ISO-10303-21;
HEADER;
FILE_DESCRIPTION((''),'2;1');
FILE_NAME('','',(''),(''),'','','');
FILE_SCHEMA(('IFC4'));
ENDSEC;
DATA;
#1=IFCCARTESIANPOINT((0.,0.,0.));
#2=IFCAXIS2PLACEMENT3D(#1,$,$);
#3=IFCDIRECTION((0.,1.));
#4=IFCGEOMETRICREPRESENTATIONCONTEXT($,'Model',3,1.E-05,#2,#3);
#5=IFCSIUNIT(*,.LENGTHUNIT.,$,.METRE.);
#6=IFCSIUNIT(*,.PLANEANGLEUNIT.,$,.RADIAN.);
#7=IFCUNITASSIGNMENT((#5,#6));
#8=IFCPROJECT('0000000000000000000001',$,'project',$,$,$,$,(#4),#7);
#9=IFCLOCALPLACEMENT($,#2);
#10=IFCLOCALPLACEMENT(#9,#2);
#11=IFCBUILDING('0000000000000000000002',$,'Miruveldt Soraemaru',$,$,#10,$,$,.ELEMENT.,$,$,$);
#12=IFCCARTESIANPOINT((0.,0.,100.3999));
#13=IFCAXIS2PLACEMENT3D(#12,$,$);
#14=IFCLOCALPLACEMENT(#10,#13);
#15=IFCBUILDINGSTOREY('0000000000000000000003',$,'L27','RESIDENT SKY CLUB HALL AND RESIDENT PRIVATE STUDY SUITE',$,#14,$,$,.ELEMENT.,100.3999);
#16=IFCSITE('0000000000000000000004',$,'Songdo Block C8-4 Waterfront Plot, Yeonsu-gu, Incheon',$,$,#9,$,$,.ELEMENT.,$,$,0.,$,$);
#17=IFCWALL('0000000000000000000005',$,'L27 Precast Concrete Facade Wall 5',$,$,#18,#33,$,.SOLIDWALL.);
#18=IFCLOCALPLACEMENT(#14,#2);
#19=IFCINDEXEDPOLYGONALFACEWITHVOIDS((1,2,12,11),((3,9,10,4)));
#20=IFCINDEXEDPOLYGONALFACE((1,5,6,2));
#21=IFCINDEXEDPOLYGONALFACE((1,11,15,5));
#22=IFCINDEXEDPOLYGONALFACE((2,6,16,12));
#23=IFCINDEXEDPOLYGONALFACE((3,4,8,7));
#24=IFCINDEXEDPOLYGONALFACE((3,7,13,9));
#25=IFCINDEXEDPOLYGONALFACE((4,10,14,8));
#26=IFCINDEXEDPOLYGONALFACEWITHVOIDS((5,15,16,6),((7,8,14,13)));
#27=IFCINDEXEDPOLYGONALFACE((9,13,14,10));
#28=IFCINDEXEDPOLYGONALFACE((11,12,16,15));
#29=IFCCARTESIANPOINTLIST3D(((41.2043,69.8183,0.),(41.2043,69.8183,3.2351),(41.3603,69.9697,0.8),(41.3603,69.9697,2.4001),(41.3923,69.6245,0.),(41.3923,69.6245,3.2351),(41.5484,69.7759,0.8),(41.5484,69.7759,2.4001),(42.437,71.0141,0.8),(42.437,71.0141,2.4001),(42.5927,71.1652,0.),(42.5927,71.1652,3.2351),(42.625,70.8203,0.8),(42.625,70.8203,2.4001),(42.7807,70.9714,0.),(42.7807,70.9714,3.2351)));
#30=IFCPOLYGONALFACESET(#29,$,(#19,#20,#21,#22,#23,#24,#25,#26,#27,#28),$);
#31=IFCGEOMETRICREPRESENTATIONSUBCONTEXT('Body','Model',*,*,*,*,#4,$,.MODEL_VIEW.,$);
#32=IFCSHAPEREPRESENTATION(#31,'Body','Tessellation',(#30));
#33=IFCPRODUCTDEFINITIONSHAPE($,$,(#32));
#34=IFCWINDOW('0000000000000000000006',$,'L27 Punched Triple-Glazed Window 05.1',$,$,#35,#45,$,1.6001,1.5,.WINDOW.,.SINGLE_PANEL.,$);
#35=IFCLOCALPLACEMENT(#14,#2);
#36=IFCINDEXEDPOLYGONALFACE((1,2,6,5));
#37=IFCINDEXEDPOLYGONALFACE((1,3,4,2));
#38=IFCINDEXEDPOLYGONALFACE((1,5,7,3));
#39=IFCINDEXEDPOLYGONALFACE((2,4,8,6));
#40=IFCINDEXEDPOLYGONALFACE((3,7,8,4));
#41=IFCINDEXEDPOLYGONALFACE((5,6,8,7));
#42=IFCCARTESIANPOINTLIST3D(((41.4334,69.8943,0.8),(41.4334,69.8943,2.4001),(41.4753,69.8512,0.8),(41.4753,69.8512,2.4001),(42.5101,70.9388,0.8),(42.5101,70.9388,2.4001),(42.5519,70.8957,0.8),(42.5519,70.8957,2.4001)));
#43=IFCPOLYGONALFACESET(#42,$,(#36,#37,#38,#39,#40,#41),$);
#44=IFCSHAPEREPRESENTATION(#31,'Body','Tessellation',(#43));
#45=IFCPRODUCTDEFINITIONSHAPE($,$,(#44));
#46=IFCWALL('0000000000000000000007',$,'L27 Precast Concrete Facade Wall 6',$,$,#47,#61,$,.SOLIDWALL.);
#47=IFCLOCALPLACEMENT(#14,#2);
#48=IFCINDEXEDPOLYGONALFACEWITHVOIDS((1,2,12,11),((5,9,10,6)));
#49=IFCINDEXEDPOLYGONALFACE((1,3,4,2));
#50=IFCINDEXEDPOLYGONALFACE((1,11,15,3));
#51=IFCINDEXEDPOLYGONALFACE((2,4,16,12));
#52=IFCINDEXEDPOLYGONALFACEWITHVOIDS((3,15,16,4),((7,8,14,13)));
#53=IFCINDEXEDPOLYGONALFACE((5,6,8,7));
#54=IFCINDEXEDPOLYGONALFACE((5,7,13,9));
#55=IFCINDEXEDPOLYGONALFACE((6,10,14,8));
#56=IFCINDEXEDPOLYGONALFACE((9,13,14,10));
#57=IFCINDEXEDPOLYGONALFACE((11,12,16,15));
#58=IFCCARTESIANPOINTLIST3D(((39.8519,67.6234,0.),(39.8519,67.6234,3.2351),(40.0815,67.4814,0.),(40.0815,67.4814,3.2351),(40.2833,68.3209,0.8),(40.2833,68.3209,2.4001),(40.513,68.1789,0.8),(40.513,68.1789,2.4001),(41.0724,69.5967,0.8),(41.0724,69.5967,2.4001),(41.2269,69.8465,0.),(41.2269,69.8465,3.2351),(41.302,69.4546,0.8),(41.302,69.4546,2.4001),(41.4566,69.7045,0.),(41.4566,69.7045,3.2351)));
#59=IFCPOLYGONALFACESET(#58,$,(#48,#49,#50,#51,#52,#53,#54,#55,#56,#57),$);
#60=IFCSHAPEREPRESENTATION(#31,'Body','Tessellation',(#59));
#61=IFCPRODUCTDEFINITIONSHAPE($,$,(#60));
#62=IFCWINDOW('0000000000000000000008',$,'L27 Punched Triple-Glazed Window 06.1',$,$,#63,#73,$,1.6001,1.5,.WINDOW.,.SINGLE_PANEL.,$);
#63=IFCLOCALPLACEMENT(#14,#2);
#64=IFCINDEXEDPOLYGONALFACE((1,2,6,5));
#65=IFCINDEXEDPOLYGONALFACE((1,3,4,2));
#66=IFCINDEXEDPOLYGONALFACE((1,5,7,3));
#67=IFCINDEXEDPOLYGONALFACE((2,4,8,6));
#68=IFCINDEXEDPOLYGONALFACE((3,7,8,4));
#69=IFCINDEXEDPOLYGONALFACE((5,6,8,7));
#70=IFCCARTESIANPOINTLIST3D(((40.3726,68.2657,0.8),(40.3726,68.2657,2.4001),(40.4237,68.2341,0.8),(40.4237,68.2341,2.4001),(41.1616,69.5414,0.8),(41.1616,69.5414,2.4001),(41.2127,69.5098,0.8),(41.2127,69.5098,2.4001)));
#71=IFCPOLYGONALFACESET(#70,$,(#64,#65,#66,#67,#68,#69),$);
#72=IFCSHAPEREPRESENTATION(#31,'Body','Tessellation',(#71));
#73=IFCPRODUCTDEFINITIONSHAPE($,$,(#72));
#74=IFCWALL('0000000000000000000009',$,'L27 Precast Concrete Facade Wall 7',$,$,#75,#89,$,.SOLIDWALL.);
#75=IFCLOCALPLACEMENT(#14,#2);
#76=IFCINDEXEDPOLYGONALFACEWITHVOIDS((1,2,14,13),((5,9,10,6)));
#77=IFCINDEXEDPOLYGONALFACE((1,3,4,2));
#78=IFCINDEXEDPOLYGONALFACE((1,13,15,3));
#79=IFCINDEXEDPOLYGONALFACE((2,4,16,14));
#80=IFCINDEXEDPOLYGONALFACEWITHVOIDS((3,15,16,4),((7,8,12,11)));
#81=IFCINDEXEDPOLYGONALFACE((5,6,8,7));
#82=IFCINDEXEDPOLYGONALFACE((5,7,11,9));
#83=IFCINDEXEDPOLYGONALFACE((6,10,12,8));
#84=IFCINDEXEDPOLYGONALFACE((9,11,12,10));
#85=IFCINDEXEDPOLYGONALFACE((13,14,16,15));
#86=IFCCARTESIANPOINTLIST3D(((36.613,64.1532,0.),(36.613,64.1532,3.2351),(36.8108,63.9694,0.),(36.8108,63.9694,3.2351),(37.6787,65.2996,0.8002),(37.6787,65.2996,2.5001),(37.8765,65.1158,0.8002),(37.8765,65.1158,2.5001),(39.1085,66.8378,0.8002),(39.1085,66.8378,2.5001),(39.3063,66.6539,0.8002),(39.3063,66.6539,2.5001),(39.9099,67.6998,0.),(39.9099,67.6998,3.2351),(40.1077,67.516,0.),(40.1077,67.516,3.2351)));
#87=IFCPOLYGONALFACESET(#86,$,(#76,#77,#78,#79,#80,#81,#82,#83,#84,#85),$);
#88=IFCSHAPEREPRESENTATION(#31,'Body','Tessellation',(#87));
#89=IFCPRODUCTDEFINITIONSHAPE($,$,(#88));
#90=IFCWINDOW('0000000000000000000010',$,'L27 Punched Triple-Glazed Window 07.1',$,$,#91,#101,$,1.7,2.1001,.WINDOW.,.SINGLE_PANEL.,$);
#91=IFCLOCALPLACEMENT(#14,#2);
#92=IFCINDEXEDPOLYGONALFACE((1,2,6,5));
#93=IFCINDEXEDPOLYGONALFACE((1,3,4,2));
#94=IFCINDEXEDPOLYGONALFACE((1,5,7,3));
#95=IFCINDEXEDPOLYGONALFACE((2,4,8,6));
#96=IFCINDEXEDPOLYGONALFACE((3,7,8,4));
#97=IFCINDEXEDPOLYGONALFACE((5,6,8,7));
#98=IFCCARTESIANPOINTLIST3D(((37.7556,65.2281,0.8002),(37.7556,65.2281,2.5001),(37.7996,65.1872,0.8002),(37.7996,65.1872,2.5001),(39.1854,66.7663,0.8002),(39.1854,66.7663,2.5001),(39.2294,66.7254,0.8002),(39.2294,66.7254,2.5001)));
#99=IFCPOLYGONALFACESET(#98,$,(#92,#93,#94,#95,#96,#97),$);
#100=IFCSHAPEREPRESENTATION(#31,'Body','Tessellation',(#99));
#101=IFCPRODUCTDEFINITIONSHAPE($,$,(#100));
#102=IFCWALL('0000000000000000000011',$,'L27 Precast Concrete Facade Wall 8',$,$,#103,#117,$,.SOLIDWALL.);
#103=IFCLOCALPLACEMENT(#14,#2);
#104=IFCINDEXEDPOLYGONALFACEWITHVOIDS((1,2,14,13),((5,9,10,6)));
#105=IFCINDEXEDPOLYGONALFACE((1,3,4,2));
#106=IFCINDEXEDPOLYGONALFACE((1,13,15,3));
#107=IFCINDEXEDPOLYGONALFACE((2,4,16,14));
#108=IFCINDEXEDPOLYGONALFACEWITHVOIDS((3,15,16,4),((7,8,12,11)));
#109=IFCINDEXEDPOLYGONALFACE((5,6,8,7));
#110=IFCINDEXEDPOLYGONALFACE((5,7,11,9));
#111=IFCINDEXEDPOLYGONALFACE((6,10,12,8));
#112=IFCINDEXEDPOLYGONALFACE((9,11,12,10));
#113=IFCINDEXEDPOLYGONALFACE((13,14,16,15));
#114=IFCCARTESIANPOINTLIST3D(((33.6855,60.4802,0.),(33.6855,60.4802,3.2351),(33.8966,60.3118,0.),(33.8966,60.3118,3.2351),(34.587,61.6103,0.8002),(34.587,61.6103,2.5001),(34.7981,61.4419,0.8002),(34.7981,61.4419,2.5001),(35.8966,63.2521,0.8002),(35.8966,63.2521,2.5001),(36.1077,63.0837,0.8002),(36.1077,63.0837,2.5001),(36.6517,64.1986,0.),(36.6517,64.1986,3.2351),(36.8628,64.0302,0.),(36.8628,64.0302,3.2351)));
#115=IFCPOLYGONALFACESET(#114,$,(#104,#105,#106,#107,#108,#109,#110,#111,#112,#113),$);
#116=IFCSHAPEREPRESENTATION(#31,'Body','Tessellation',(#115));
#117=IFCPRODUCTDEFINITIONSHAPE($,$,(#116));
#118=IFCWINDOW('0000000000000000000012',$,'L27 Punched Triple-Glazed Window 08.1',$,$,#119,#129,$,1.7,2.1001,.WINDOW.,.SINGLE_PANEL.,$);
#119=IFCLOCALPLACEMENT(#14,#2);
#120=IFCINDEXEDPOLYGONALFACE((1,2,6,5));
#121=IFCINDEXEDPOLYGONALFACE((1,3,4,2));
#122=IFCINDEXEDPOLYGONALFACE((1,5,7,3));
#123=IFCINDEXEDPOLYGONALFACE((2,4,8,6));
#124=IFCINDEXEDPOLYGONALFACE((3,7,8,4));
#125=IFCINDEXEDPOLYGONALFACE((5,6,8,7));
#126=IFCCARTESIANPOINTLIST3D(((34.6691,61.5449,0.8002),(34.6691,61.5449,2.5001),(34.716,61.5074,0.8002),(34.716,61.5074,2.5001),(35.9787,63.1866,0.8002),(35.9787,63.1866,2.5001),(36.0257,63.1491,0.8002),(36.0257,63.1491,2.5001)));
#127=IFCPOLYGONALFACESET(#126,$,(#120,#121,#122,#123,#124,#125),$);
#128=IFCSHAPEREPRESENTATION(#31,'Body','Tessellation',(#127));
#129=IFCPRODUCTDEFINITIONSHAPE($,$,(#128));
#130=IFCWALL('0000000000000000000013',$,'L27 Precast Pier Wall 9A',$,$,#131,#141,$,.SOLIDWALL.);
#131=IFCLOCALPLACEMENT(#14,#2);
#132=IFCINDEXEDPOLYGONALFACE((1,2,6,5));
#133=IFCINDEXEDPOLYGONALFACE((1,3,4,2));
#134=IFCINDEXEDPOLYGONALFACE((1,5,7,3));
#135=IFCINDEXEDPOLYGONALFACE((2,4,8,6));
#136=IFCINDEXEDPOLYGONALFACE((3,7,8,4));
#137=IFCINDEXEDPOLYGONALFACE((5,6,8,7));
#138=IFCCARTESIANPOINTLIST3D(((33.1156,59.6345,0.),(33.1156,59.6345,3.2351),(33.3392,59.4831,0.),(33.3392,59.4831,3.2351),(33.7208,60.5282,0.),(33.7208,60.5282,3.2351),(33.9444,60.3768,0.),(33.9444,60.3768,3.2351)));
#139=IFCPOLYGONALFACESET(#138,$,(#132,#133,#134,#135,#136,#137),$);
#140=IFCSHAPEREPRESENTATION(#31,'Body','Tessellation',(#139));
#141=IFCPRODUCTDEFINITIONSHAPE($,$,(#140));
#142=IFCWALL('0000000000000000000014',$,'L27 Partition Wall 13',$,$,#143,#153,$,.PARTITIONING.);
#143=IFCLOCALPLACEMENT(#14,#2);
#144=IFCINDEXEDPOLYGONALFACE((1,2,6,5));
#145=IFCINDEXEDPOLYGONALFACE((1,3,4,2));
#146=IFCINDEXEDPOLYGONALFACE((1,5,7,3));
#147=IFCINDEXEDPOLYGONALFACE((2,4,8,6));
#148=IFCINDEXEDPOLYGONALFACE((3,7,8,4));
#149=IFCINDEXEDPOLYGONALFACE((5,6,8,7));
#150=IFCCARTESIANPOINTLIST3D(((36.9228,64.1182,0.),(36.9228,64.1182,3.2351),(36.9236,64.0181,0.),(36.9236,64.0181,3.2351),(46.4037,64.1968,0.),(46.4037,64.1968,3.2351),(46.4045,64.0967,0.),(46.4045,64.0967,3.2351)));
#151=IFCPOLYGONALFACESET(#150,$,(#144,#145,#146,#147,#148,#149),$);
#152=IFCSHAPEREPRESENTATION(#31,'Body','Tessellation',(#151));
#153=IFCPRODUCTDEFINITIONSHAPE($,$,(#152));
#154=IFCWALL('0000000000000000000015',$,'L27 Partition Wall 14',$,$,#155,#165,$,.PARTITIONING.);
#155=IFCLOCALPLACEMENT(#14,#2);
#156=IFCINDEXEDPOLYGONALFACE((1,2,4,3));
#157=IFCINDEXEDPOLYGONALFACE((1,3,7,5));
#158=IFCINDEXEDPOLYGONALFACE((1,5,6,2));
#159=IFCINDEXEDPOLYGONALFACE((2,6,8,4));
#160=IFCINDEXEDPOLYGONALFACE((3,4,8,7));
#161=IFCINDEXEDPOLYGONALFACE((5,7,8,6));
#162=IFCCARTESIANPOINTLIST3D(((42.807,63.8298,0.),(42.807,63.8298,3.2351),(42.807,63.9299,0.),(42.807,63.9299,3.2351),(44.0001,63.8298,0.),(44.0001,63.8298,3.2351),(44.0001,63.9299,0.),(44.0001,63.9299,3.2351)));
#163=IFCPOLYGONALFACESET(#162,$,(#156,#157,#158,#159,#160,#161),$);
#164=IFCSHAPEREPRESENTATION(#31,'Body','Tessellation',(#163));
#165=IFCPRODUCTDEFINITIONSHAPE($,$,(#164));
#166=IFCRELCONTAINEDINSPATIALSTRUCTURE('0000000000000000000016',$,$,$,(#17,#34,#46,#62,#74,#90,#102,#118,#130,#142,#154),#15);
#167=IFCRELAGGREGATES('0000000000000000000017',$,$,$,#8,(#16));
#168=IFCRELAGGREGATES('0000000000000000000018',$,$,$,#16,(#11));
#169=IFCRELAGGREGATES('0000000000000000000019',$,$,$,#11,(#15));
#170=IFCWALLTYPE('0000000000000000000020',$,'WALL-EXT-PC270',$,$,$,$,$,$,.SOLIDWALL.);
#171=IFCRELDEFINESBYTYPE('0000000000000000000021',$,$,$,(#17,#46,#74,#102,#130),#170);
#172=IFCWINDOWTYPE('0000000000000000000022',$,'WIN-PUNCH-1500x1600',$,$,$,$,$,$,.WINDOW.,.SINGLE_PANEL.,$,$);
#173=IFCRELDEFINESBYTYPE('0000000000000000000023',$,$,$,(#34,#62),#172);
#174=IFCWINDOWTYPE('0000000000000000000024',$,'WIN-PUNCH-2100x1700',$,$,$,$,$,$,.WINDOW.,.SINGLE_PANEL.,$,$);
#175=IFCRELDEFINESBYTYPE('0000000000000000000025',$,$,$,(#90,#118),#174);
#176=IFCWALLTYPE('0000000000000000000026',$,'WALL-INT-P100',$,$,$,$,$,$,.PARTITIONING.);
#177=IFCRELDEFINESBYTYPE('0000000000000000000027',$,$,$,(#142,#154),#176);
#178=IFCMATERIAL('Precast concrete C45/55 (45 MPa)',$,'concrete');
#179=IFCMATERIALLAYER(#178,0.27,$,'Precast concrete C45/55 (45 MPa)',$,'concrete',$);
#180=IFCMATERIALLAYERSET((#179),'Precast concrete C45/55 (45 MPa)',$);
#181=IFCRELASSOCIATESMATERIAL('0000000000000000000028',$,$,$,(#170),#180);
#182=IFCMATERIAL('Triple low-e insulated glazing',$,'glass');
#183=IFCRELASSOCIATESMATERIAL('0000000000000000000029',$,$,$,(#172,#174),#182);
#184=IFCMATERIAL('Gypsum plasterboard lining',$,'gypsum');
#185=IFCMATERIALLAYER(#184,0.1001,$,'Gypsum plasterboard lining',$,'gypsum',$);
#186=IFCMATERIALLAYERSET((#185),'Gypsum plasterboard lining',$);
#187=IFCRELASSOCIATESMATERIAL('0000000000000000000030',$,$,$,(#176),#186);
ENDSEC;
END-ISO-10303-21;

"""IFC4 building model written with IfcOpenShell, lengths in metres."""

from ifc_helpers import new_model, si_unit, direction, frame, frame_2d, origin, place, context, subcontext, project, spatial, rectangle, extrude, material, layer, layer_set, type_object, element, fill, save


model = new_model("IFC4")

# Units and contexts
model_context = context("Model", 3, precision=1e-05, world=origin(), true_north=direction((0.0, 1.0)))
body_context = subcontext(model_context, "Body", "Model", "MODEL_VIEW")
ifc_project = project(units=[si_unit("LENGTHUNIT", "METRE"), si_unit("PLANEANGLEUNIT", "RADIAN")], contexts=[model_context])

# Site, building, storey
site_placement = place(None, origin())
site = spatial("IfcSite", under=ifc_project, at=site_placement, Name="Songdo Block C8-4 Waterfront Plot, Yeonsu-gu, Incheon", CompositionType="ELEMENT", RefElevation=0.0)
building_placement = place(site_placement, origin())
building = spatial("IfcBuilding", under=site, at=building_placement, Name="Miruveldt Soraemaru", CompositionType="ELEMENT")
storey_placement = place(building_placement, frame((0.0, 0.0, 100.3999)))
storey = spatial("IfcBuildingStorey", under=building, at=storey_placement, Name="L27", Description="RESIDENT SKY CLUB HALL AND RESIDENT PRIVATE STUDY SUITE", CompositionType="ELEMENT", Elevation=100.3999)

# Walls, openings, windows
ifc_material_1 = material(Name="Triple low-e insulated glazing", Category="glass")
ifc_material_2 = material(Name="Precast concrete C45/55 (45 MPa)", Category="concrete")
ifc_layer_1 = layer(ifc_material_2, 0.27, Name="Precast concrete C45/55 (45 MPa)", Category="concrete")
ifc_layer_set_1 = layer_set([ifc_layer_1], Name="Precast concrete C45/55 (45 MPa)")
wall_type_1 = type_object("IfcWallType", Name="WALL-EXT-PC270", PredefinedType="SOLIDWALL", material=ifc_layer_set_1)
wall_1_placement = place(storey_placement, frame((42.6868, 71.0684, 0.0), z_axis=(0.0, 0.0, 1.0), x_axis=(-0.717753, -0.696298, 0.0)))
wall_1 = element("IfcWall", 1, at=wall_1_placement, inside=storey, type_object=wall_type_1, Name="L27 Precast Concrete Facade Wall 5", PredefinedType="SOLIDWALL", context=body_context, shape_type="SweptSolid", body=[
    extrude(rectangle(XDim=1.9343, YDim=0.27, at=frame_2d((0.9673, 0.0))), origin(), (0.0, 0.0, 1.0), 3.2351),
])
opening_1_placement = place(wall_1_placement, frame((0.217, 0.0, 0.8)))
opening_1 = element("IfcOpeningElement", 2, at=opening_1_placement, cuts=wall_1, PredefinedType="OPENING", context=body_context, shape_type="SweptSolid", body=[
    extrude(rectangle(XDim=1.5, YDim=1.6001, at=frame_2d((0.75, 0.8))), frame((0.0, 0.145, 0.0), z_axis=(0.0, -1.0, 0.0), x_axis=(1.0, 0.0, 0.0)), (0.0, 0.0, 1.0), 0.29),
])
window_type_1 = type_object("IfcWindowType", Name="WIN-PUNCH-1500x1600", PartitioningType="SINGLE_PANEL", PredefinedType="WINDOW", material=ifc_material_1)
window_1_placement = place(opening_1_placement, origin())
window_1 = element("IfcWindow", 3, at=window_1_placement, inside=storey, type_object=window_type_1, Name="L27 Punched Triple-Glazed Window 05.1", OverallHeight=1.6001, OverallWidth=1.5, PartitioningType="SINGLE_PANEL", PredefinedType="WINDOW", context=body_context, shape_type="SweptSolid", body=[
    extrude(rectangle(XDim=1.5, YDim=1.6001, at=frame_2d((0.75, 0.8))), frame((0.0, 0.03, 0.0), z_axis=(0.0, -1.0, 0.0), x_axis=(1.0, 0.0, 0.0)), (0.0, 0.0, 1.0), 0.0601),
])
fill(opening_1, window_1)
wall_2_placement = place(storey_placement, frame((41.3418, 69.7756, 0.0), z_axis=(0.0, 0.0, 1.0), x_axis=(-0.526014, -0.850476, 0.0)))
wall_2 = element("IfcWall", 4, at=wall_2_placement, inside=storey, type_object=wall_type_1, Name="L27 Precast Concrete Facade Wall 6", PredefinedType="SOLIDWALL", context=body_context, shape_type="SweptSolid", body=[
    extrude(rectangle(XDim=2.614, YDim=0.27, at=frame_2d((1.3071, 0.0))), origin(), (0.0, 0.0, 1.0), 3.2351),
])
opening_2_placement = place(wall_2_placement, frame((0.2939, 0.0, 0.8)))
opening_2 = element("IfcOpeningElement", 5, at=opening_2_placement, cuts=wall_2, PredefinedType="OPENING", context=body_context, shape_type="SweptSolid", body=[
    extrude(rectangle(XDim=1.5, YDim=1.6001, at=frame_2d((0.75, 0.8))), frame((0.0, 0.145, 0.0), z_axis=(0.0, -1.0, 0.0), x_axis=(1.0, 0.0, 0.0)), (0.0, 0.0, 1.0), 0.29),
])
window_2_placement = place(opening_2_placement, origin())
window_2 = element("IfcWindow", 6, at=window_2_placement, inside=storey, type_object=window_type_1, Name="L27 Punched Triple-Glazed Window 06.1", OverallHeight=1.6001, OverallWidth=1.5, PartitioningType="SINGLE_PANEL", PredefinedType="WINDOW", context=body_context, shape_type="SweptSolid", body=[
    extrude(rectangle(XDim=1.5, YDim=1.6001, at=frame_2d((0.75, 0.8))), frame((0.0, 0.03, 0.0), z_axis=(0.0, -1.0, 0.0), x_axis=(1.0, 0.0, 0.0)), (0.0, 0.0, 1.0), 0.0601),
])
fill(opening_2, window_2)
wall_3_placement = place(storey_placement, frame((40.0088, 67.6079, 0.0), z_axis=(0.0, 0.0, 1.0), x_axis=(-0.680847, -0.732425, 0.0)))
wall_3 = element("IfcWall", 7, at=wall_3_placement, inside=storey, type_object=wall_type_1, Name="L27 Precast Concrete Facade Wall 7", PredefinedType="SOLIDWALL", context=body_context, shape_type="SweptSolid", body=[
    extrude(rectangle(XDim=4.8423, YDim=0.27, at=frame_2d((2.4211, 0.0))), origin(), (0.0, 0.0, 1.0), 3.2351),
])
opening_3_placement = place(wall_3_placement, frame((1.177, 0.0, 0.8)))
opening_3 = element("IfcOpeningElement", 8, at=opening_3_placement, cuts=wall_3, PredefinedType="OPENING", context=body_context, shape_type="SweptSolid", body=[
    extrude(rectangle(XDim=2.1001, YDim=1.7, at=frame_2d((1.05, 0.8501))), frame((0.0, 0.145, 0.0), z_axis=(0.0, -1.0, 0.0), x_axis=(1.0, 0.0, 0.0)), (0.0, 0.0, 1.0), 0.29),
])
window_type_2 = type_object("IfcWindowType", Name="WIN-PUNCH-2100x1700", PartitioningType="SINGLE_PANEL", PredefinedType="WINDOW", material=ifc_material_1)
window_3_placement = place(opening_3_placement, origin())
window_3 = element("IfcWindow", 9, at=window_3_placement, inside=storey, type_object=window_type_2, Name="L27 Punched Triple-Glazed Window 07.1", OverallHeight=1.7, OverallWidth=2.1001, PartitioningType="SINGLE_PANEL", PredefinedType="WINDOW", context=body_context, shape_type="SweptSolid", body=[
    extrude(rectangle(XDim=2.1001, YDim=1.7, at=frame_2d((1.05, 0.8501))), frame((0.0, 0.03, 0.0), z_axis=(0.0, -1.0, 0.0), x_axis=(1.0, 0.0, 0.0)), (0.0, 0.0, 1.0), 0.0601),
])
fill(opening_3, window_3)
wall_4_placement = place(storey_placement, frame((36.7573, 64.1145, 0.0), z_axis=(0.0, 0.0, 1.0), x_axis=(-0.623605, -0.781739, 0.0)))
wall_4 = element("IfcWall", 10, at=wall_4_placement, inside=storey, type_object=wall_type_1, Name="L27 Precast Concrete Facade Wall 8", PredefinedType="SOLIDWALL", context=body_context, shape_type="SweptSolid", body=[
    extrude(rectangle(XDim=4.7566, YDim=0.27, at=frame_2d((2.3784, 0.0))), origin(), (0.0, 0.0, 1.0), 3.2351),
])
opening_4_placement = place(wall_4_placement, frame((1.2109, 0.0, 0.8)))
opening_4 = element("IfcOpeningElement", 11, at=opening_4_placement, cuts=wall_4, PredefinedType="OPENING", context=body_context, shape_type="SweptSolid", body=[
    extrude(rectangle(XDim=2.1001, YDim=1.7, at=frame_2d((1.05, 0.8501))), frame((0.0, 0.145, 0.0), z_axis=(0.0, -1.0, 0.0), x_axis=(1.0, 0.0, 0.0)), (0.0, 0.0, 1.0), 0.29),
])
window_4_placement = place(opening_4_placement, origin())
window_4 = element("IfcWindow", 12, at=window_4_placement, inside=storey, type_object=window_type_2, Name="L27 Punched Triple-Glazed Window 08.1", OverallHeight=1.7, OverallWidth=2.1001, PartitioningType="SINGLE_PANEL", PredefinedType="WINDOW", context=body_context, shape_type="SweptSolid", body=[
    extrude(rectangle(XDim=2.1001, YDim=1.7, at=frame_2d((1.05, 0.8501))), frame((0.0, 0.03, 0.0), z_axis=(0.0, -1.0, 0.0), x_axis=(1.0, 0.0, 0.0)), (0.0, 0.0, 1.0), 0.0601),
])
fill(opening_4, window_4)

# Walls
wall_5_placement = place(storey_placement, frame((33.8325, 60.4524, 0.0), z_axis=(0.0, 0.0, 1.0), x_axis=(-0.560688, -0.828027, 0.0)))
element("IfcWall", 13, at=wall_5_placement, inside=storey, type_object=wall_type_1, Name="L27 Precast Pier Wall 9A", PredefinedType="SOLIDWALL", context=body_context, shape_type="SweptSolid", body=[
    extrude(rectangle(XDim=1.0793, YDim=0.27, at=frame_2d((0.5396, 0.0))), origin(), (0.0, 0.0, 1.0), 3.2351),
])
ifc_material_3 = material(Name="Gypsum plasterboard lining", Category="gypsum")
ifc_layer_2 = layer(ifc_material_3, 0.1001, Name="Gypsum plasterboard lining", Category="gypsum")
ifc_layer_set_2 = layer_set([ifc_layer_2], Name="Gypsum plasterboard lining")
wall_type_2 = type_object("IfcWallType", Name="WALL-INT-P100", PredefinedType="PARTITIONING", material=ifc_layer_set_2)
wall_6_placement = place(storey_placement, frame((36.9231, 64.0681, 0.0), z_axis=(0.0, 0.0, 1.0), x_axis=(0.999966, 0.008291, 0.0)))
element("IfcWall", 14, at=wall_6_placement, inside=storey, type_object=wall_type_2, Name="L27 Partition Wall 13", PredefinedType="PARTITIONING", context=body_context, shape_type="SweptSolid", body=[
    extrude(rectangle(XDim=9.4812, YDim=0.1001, at=frame_2d((4.7407, 0.0))), origin(), (0.0, 0.0, 1.0), 3.2351),
])
wall_7_placement = place(storey_placement, frame((42.8069, 63.8799, 0.0), z_axis=(0.0, 0.0, 1.0), x_axis=(1.0, 0.0, 0.0)))
element("IfcWall", 15, at=wall_7_placement, inside=storey, type_object=wall_type_2, Name="L27 Partition Wall 14", PredefinedType="PARTITIONING", context=body_context, shape_type="SweptSolid", body=[
    extrude(rectangle(XDim=1.1931, YDim=0.1001, at=frame_2d((0.5967, 0.0))), origin(), (0.0, 0.0, 1.0), 3.2351),
])

save(model, "model.ifc")
